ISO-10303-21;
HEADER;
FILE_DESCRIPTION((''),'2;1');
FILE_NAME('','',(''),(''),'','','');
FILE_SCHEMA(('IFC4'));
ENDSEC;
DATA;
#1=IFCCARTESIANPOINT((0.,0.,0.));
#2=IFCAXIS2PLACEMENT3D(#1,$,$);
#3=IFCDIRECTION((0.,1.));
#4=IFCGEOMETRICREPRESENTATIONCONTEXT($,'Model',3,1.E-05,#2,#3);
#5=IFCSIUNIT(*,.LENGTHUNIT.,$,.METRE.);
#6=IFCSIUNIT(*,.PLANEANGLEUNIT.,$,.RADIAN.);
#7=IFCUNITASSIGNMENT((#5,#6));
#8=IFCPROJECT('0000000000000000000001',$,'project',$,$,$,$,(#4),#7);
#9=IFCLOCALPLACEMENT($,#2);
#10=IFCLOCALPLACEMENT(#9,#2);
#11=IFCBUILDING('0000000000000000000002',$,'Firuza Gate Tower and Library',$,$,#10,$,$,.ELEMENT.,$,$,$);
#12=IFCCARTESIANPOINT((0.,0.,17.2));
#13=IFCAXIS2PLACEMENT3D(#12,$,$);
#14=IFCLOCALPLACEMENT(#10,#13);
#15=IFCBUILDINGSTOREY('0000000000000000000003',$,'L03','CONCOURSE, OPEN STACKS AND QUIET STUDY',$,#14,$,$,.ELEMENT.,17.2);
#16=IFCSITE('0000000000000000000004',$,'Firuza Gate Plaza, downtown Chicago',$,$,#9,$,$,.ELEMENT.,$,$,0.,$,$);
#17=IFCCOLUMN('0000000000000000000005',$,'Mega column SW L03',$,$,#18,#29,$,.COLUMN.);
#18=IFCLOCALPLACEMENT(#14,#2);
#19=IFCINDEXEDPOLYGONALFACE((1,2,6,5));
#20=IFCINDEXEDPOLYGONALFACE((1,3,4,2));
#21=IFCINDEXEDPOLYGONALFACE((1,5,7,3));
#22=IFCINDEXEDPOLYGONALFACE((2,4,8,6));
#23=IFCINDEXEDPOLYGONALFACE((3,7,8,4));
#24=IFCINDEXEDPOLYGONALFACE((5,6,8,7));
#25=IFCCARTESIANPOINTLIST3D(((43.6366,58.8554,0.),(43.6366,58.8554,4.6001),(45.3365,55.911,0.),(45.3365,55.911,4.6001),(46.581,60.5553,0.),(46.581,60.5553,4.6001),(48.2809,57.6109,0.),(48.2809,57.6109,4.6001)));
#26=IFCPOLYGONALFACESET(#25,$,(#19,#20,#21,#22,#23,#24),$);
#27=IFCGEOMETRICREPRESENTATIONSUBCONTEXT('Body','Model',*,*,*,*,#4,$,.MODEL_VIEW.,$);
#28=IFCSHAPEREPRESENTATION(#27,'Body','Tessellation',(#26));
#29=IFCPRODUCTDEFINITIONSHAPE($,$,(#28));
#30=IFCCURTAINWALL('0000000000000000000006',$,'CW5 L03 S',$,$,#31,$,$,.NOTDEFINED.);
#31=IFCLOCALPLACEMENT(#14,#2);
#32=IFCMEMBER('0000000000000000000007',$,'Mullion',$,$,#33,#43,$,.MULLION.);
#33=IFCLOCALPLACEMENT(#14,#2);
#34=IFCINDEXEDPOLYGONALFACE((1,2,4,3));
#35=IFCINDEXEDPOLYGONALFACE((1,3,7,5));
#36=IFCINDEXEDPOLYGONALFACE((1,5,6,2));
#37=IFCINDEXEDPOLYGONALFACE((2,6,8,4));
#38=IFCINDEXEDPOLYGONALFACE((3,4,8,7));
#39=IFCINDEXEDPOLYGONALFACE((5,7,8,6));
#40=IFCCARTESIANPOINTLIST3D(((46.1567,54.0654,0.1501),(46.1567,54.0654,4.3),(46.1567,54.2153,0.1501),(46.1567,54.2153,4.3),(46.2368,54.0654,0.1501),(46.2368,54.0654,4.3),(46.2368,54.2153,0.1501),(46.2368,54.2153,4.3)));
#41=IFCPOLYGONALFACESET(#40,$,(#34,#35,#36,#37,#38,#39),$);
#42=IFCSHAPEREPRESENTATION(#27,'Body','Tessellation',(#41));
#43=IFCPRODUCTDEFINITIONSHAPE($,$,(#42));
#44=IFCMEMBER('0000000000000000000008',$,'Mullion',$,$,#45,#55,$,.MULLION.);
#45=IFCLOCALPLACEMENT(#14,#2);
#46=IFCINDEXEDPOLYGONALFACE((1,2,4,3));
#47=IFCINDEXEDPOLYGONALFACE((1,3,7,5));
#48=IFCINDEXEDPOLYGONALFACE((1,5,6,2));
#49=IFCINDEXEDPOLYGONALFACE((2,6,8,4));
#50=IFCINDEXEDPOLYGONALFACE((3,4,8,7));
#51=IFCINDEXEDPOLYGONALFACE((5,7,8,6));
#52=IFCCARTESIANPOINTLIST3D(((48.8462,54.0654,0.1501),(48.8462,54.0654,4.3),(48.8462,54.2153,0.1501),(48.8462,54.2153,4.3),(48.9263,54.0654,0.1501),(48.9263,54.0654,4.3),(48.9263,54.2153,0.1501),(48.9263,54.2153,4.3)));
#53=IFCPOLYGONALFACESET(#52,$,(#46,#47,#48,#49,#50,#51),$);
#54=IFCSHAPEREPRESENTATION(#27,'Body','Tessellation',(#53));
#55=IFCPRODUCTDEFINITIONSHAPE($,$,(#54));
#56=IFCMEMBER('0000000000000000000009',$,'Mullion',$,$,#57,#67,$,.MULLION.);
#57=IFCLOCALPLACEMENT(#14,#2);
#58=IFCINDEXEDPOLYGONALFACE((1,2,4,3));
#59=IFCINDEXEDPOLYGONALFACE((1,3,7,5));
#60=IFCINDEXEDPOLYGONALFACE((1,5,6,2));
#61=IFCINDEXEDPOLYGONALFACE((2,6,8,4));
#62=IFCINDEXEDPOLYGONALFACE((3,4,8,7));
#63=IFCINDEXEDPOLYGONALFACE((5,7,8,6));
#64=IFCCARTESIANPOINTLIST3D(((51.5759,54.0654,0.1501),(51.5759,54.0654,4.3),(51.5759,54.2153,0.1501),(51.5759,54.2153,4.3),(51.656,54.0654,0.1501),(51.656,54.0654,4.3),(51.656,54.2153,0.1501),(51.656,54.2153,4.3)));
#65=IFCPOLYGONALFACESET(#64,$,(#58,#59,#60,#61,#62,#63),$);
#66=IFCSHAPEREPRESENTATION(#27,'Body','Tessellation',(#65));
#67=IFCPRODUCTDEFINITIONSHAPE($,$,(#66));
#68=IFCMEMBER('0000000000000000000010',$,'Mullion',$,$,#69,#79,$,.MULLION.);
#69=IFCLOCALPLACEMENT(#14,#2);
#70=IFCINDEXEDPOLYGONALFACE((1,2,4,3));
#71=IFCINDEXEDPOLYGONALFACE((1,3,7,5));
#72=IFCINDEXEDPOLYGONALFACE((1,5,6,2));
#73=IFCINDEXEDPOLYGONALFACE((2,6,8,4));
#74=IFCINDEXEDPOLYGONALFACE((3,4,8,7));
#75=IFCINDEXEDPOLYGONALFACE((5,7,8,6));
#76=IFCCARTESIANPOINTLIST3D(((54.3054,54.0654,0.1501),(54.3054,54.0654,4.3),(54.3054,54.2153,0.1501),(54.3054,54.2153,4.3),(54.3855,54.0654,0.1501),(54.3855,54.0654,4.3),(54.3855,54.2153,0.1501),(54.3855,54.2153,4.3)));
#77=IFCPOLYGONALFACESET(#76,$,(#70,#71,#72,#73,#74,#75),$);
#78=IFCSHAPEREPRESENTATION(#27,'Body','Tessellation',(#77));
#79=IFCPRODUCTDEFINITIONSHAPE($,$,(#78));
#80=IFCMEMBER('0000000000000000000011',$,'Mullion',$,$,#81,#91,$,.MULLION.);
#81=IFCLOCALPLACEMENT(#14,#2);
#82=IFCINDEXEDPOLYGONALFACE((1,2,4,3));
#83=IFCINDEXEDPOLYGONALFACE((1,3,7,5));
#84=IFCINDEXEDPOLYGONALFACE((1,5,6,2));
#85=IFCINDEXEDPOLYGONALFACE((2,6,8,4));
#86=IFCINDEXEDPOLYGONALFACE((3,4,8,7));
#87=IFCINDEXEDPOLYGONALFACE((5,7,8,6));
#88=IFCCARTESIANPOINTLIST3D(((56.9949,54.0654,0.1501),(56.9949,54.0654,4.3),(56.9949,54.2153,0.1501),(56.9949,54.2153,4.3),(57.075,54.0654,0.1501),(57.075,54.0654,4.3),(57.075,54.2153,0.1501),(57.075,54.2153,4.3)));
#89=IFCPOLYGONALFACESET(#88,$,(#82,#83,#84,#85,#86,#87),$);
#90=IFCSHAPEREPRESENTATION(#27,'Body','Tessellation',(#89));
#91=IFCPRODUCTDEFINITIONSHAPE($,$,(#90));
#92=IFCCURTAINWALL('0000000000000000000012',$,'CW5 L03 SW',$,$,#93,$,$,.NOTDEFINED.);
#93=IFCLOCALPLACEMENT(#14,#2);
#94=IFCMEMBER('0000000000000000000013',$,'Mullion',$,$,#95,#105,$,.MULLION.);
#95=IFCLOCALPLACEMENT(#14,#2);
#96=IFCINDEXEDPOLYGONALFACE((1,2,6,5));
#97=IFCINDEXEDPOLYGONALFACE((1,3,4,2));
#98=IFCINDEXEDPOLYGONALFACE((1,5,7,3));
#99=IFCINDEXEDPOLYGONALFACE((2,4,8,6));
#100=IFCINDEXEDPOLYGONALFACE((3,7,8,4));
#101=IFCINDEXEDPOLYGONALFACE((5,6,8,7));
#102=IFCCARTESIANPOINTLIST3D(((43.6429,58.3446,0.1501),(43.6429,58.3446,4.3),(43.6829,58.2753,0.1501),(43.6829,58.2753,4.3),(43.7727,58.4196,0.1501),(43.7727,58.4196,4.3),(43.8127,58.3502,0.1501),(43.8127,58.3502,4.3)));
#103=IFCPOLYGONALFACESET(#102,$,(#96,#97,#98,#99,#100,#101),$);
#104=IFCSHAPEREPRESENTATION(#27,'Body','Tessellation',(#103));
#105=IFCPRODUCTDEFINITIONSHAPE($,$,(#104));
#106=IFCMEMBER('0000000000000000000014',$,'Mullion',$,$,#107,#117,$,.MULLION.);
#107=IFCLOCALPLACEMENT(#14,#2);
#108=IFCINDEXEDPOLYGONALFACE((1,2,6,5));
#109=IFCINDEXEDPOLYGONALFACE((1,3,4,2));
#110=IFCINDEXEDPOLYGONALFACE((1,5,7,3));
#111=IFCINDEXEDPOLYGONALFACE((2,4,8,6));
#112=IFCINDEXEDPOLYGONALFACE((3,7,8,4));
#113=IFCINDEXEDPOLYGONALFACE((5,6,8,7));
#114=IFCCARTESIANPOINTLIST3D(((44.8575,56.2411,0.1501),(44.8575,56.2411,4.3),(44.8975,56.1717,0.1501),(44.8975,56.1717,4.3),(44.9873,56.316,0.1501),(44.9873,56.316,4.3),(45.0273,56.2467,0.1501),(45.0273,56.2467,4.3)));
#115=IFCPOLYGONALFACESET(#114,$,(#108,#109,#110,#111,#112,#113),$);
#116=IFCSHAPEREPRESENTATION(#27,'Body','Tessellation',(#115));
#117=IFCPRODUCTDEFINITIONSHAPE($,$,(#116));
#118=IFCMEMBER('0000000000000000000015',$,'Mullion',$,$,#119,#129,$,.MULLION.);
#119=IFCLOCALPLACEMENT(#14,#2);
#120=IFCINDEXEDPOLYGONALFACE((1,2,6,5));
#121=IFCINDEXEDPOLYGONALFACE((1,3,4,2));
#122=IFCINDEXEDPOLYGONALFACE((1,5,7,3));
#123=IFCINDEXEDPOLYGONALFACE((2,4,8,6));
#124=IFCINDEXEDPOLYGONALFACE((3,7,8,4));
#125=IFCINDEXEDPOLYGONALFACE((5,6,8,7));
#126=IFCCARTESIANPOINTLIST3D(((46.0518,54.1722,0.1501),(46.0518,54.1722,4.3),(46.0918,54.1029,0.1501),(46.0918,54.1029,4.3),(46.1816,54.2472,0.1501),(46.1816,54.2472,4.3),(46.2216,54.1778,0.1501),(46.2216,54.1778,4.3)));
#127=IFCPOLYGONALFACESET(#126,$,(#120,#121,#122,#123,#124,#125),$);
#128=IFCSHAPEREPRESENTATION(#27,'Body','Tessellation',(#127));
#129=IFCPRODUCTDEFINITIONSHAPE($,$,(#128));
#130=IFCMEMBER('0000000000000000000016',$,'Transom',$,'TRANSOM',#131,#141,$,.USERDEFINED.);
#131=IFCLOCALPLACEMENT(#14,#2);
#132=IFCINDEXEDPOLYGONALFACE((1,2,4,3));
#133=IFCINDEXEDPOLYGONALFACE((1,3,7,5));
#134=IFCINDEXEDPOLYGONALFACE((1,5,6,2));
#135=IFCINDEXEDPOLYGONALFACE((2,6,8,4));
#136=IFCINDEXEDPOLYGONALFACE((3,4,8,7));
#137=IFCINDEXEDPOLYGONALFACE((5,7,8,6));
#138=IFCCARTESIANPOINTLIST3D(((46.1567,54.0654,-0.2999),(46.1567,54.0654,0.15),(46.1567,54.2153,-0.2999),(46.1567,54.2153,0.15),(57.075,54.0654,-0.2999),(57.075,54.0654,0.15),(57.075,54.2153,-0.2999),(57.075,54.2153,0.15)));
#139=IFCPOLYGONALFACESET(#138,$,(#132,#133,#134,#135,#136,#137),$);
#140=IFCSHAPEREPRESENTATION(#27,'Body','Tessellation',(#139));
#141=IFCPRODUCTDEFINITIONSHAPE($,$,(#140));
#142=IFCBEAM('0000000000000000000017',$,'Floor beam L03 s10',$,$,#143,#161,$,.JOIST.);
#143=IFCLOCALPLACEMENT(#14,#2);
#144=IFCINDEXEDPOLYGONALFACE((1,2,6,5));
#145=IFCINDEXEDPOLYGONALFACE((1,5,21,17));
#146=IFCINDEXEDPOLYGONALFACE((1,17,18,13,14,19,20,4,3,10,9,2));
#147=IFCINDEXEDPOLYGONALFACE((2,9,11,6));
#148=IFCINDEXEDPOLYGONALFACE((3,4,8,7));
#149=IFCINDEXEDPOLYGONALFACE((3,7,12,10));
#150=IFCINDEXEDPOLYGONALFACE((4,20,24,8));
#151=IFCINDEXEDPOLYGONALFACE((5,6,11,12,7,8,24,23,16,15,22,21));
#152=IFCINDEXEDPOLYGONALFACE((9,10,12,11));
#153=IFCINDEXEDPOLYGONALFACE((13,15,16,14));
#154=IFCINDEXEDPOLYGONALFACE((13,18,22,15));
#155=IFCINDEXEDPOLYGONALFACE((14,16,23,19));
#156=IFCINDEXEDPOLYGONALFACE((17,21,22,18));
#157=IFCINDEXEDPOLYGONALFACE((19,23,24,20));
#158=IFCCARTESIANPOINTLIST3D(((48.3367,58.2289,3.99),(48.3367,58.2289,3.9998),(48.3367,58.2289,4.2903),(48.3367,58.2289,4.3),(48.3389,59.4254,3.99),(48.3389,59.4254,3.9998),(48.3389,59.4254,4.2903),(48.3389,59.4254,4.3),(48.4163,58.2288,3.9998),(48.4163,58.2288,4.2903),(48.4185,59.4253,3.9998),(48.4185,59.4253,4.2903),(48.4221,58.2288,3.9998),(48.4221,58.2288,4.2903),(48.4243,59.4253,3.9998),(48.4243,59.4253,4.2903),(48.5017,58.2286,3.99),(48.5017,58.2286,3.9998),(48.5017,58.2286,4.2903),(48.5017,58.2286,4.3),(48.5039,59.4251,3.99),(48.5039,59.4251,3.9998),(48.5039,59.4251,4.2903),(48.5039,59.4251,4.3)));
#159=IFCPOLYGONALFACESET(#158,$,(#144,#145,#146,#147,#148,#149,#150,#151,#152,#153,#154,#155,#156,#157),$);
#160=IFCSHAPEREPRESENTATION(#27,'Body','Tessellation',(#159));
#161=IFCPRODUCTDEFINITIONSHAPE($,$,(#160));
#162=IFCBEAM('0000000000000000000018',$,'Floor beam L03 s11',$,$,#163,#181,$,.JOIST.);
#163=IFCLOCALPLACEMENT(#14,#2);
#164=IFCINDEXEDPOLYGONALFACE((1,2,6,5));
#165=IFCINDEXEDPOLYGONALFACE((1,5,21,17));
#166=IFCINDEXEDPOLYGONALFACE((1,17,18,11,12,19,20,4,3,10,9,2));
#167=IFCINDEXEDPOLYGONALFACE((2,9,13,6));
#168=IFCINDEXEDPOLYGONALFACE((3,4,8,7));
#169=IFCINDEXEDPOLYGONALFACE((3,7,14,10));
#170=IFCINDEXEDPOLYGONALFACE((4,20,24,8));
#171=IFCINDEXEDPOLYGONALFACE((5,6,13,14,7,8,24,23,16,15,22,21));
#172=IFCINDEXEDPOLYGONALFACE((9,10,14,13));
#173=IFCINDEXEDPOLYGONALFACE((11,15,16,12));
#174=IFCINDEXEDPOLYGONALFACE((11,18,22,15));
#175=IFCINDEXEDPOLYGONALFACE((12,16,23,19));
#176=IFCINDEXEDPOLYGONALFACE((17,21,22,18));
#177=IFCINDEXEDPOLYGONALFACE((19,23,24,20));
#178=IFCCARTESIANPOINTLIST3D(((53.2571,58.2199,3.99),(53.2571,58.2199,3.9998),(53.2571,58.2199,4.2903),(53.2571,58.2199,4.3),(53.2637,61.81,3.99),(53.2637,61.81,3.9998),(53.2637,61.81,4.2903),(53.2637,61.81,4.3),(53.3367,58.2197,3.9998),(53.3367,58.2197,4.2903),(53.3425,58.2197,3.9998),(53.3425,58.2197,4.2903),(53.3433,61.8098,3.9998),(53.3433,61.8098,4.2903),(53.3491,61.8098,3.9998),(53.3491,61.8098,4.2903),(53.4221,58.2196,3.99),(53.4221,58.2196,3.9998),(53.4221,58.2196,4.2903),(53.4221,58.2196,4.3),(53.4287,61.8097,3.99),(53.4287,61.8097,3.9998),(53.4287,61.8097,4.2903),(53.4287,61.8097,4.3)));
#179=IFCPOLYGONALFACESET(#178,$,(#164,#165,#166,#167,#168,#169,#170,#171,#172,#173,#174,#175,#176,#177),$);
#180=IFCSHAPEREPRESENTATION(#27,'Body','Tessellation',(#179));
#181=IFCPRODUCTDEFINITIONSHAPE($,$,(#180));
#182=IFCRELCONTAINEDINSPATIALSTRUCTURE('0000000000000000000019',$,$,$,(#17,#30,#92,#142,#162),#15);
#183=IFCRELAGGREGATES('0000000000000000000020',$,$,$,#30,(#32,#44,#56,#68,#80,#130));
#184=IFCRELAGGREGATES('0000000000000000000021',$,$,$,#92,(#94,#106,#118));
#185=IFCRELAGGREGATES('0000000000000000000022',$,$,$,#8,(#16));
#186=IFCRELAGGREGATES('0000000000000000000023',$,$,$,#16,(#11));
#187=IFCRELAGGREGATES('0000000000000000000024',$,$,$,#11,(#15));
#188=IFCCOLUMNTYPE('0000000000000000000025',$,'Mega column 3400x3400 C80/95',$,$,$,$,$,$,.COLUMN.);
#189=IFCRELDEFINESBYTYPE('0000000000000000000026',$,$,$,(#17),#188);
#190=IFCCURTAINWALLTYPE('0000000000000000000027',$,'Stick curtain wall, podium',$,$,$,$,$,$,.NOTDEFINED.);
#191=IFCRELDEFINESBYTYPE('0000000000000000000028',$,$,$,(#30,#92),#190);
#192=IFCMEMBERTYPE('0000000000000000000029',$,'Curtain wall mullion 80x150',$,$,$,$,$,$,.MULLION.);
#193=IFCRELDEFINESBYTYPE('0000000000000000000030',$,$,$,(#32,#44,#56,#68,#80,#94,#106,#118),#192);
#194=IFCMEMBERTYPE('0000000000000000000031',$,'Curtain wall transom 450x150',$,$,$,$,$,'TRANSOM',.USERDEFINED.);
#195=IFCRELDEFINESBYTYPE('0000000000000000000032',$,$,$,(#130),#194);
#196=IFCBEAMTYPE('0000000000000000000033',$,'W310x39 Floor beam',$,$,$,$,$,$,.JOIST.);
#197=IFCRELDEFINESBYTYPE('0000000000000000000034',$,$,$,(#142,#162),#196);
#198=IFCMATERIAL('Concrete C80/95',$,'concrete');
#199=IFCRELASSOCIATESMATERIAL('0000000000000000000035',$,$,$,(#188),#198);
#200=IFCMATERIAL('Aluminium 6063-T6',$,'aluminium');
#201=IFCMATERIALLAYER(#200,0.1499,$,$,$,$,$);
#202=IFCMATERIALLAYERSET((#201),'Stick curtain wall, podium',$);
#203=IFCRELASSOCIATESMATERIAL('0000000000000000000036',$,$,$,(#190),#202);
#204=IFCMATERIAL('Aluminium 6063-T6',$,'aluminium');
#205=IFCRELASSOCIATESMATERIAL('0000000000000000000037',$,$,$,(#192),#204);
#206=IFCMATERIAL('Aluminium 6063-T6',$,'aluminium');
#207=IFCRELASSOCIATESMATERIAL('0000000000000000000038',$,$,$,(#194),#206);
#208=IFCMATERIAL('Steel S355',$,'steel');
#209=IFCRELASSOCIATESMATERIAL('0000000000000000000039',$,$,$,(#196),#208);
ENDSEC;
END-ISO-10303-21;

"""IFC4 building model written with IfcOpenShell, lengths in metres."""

from ifc_helpers import new_model, si_unit, direction, frame, origin, origin_2d, place, context, subcontext, project, spatial, rectangle, i_section, extrude, material, layer, layer_set, material_profile, profile_set, type_object, element, aggregate, save


model = new_model("IFC4")

# Units and contexts
model_context = context("Model", 3, precision=1e-05, world=origin(), true_north=direction((0.0, 1.0)))
body_context = subcontext(model_context, "Body", "Model", "MODEL_VIEW")
ifc_project = project(units=[si_unit("LENGTHUNIT", "METRE"), si_unit("PLANEANGLEUNIT", "RADIAN")], contexts=[model_context])

# Site, building, storey
site_placement = place(None, origin())
site = spatial("IfcSite", under=ifc_project, at=site_placement, Name="Firuza Gate Plaza, downtown Chicago", CompositionType="ELEMENT", RefElevation=0.0)
building_placement = place(site_placement, origin())
building = spatial("IfcBuilding", under=site, at=building_placement, Name="Firuza Gate Tower and Library", CompositionType="ELEMENT")
storey_placement = place(building_placement, frame((0.0, 0.0, 17.2)))
storey = spatial("IfcBuildingStorey", under=building, at=storey_placement, Name="L03", Description="CONCOURSE, OPEN STACKS AND QUIET STUDY", CompositionType="ELEMENT", Elevation=17.2)

# Column
ifc_material_1 = material(Name="Concrete C80/95", Category="concrete")
ifc_material_profile_1 = material_profile(ifc_material_1, rectangle(XDim=3.3999, YDim=3.3999, at=origin_2d()))
ifc_profile_set_1 = profile_set([ifc_material_profile_1], Name="Concrete C80/95")
column_type = type_object("IfcColumnType", Name="Mega column 3400x3400 C80/95", PredefinedType="COLUMN", material=ifc_profile_set_1)
column_placement = place(storey_placement, frame((45.9587, 58.2332, 0.0), z_axis=(0.0, 0.0, 1.0), x_axis=(0.5, -0.866025, 0.0)))
element("IfcColumn", 1, at=column_placement, inside=storey, type_object=column_type, Name="Mega column SW L03", PredefinedType="COLUMN", context=body_context, shape_type="SweptSolid", body=[
    extrude(rectangle(XDim=3.3999, YDim=3.3999, at=origin_2d()), origin(), (0.0, 0.0, 1.0), 4.6001),
])

# Curtain walls, members
ifc_material_2 = material(Name="Aluminium 6063-T6", Category="aluminium")
ifc_layer_1 = layer(ifc_material_2, 0.1499)
ifc_layer_set_1 = layer_set([ifc_layer_1], Name="Stick curtain wall, podium")
curtain_wall_type = type_object("IfcCurtainWallType", Name="Stick curtain wall, podium", PredefinedType="NOTDEFINED", material=ifc_layer_set_1)
placement_1 = place(storey_placement, origin())
curtain_wall_1 = element("IfcCurtainWall", 2, at=placement_1, inside=storey, type_object=curtain_wall_type, Name="CW5 L03 S", PredefinedType="NOTDEFINED")
ifc_material_3 = material(Name="Aluminium 6063-T6", Category="aluminium")
ifc_material_profile_2 = material_profile(ifc_material_3, rectangle(XDim=0.1499, YDim=0.0801, at=origin_2d()))
ifc_profile_set_2 = profile_set([ifc_material_profile_2], Name="Aluminium 6063-T6")
member_type_1 = type_object("IfcMemberType", Name="Curtain wall mullion 80x150", PredefinedType="MULLION", material=ifc_profile_set_2)
member_1_placement = place(storey_placement, frame((46.1968, 54.1404, 0.1501), z_axis=(0.0, 0.0, 1.0), x_axis=(0.0, 1.0, 0.0)))
member_1 = element("IfcMember", 3, at=member_1_placement, type_object=member_type_1, Name="Mullion", PredefinedType="MULLION", context=body_context, shape_type="SweptSolid", body=[
    extrude(rectangle(XDim=0.1499, YDim=0.0801, at=origin_2d()), origin(), (0.0, 0.0, 1.0), 4.1499),
])
member_2_placement = place(storey_placement, frame((48.8862, 54.1404, 0.1501), z_axis=(0.0, 0.0, 1.0), x_axis=(0.0, 1.0, 0.0)))
member_2 = element("IfcMember", 4, at=member_2_placement, type_object=member_type_1, Name="Mullion", PredefinedType="MULLION", context=body_context, shape_type="SweptSolid", body=[
    extrude(rectangle(XDim=0.1499, YDim=0.0801, at=origin_2d()), origin(), (0.0, 0.0, 1.0), 4.1499),
])
member_3_placement = place(storey_placement, frame((51.616, 54.1404, 0.1501), z_axis=(0.0, 0.0, 1.0), x_axis=(0.0, 1.0, 0.0)))
member_3 = element("IfcMember", 5, at=member_3_placement, type_object=member_type_1, Name="Mullion", PredefinedType="MULLION", context=body_context, shape_type="SweptSolid", body=[
    extrude(rectangle(XDim=0.1499, YDim=0.0801, at=origin_2d()), origin(), (0.0, 0.0, 1.0), 4.1499),
])
member_4_placement = place(storey_placement, frame((54.3455, 54.1404, 0.1501), z_axis=(0.0, 0.0, 1.0), x_axis=(0.0, 1.0, 0.0)))
member_4 = element("IfcMember", 6, at=member_4_placement, type_object=member_type_1, Name="Mullion", PredefinedType="MULLION", context=body_context, shape_type="SweptSolid", body=[
    extrude(rectangle(XDim=0.1499, YDim=0.0801, at=origin_2d()), origin(), (0.0, 0.0, 1.0), 4.1499),
])
member_5_placement = place(storey_placement, frame((57.0349, 54.1404, 0.1501), z_axis=(0.0, 0.0, 1.0), x_axis=(0.0, 1.0, 0.0)))
member_5 = element("IfcMember", 7, at=member_5_placement, type_object=member_type_1, Name="Mullion", PredefinedType="MULLION", context=body_context, shape_type="SweptSolid", body=[
    extrude(rectangle(XDim=0.1499, YDim=0.0801, at=origin_2d()), origin(), (0.0, 0.0, 1.0), 4.1499),
])
curtain_wall_2 = element("IfcCurtainWall", 8, at=placement_1, inside=storey, type_object=curtain_wall_type, Name="CW5 L03 SW", PredefinedType="NOTDEFINED")
member_6_placement = place(storey_placement, frame((43.7278, 58.3474, 0.1501), z_axis=(0.0, 0.0, 1.0), x_axis=(0.866025, 0.5, 0.0)))
member_6 = element("IfcMember", 9, at=member_6_placement, type_object=member_type_1, Name="Mullion", PredefinedType="MULLION", context=body_context, shape_type="SweptSolid", body=[
    extrude(rectangle(XDim=0.1499, YDim=0.0801, at=origin_2d()), origin(), (0.0, 0.0, 1.0), 4.1499),
])
member_7_placement = place(storey_placement, frame((44.9424, 56.2439, 0.1501), z_axis=(0.0, 0.0, 1.0), x_axis=(0.866025, 0.5, 0.0)))
member_7 = element("IfcMember", 10, at=member_7_placement, type_object=member_type_1, Name="Mullion", PredefinedType="MULLION", context=body_context, shape_type="SweptSolid", body=[
    extrude(rectangle(XDim=0.1499, YDim=0.0801, at=origin_2d()), origin(), (0.0, 0.0, 1.0), 4.1499),
])
member_8_placement = place(storey_placement, frame((46.1367, 54.175, 0.1501), z_axis=(0.0, 0.0, 1.0), x_axis=(0.866025, 0.5, 0.0)))
member_8 = element("IfcMember", 11, at=member_8_placement, type_object=member_type_1, Name="Mullion", PredefinedType="MULLION", context=body_context, shape_type="SweptSolid", body=[
    extrude(rectangle(XDim=0.1499, YDim=0.0801, at=origin_2d()), origin(), (0.0, 0.0, 1.0), 4.1499),
])

# Member
ifc_material_4 = material(Name="Aluminium 6063-T6", Category="aluminium")
ifc_material_profile_3 = material_profile(ifc_material_4, rectangle(XDim=0.1499, YDim=0.45, at=origin_2d()))
ifc_profile_set_3 = profile_set([ifc_material_profile_3], Name="Aluminium 6063-T6")
member_type_2 = type_object("IfcMemberType", Name="Curtain wall transom 450x150", ElementType="TRANSOM", PredefinedType="USERDEFINED", material=ifc_profile_set_3)
member_9_placement = place(storey_placement, frame((46.1567, 54.1404, -0.075), z_axis=(1.0, 0.0, 0.0), x_axis=(0.0, 1.0, 0.0)))
member_9 = element("IfcMember", 12, at=member_9_placement, type_object=member_type_2, Name="Transom", ObjectType="TRANSOM", PredefinedType="USERDEFINED", context=body_context, shape_type="SweptSolid", body=[
    extrude(rectangle(XDim=0.1499, YDim=0.45, at=origin_2d()), origin(), (0.0, 0.0, 1.0), 10.9182),
])

# Beams
ifc_material_5 = material(Name="Steel S355", Category="steel")
ifc_material_profile_4 = material_profile(ifc_material_5, i_section(OverallWidth=0.165, OverallDepth=0.3101, WebThickness=0.0059, FlangeThickness=0.0098, at=origin_2d()))
ifc_profile_set_4 = profile_set([ifc_material_profile_4], Name="Steel S355")
beam_type_1 = type_object("IfcBeamType", Name="W310x39 Floor beam", PredefinedType="JOIST", material=ifc_profile_set_4)
beam_1_placement = place(storey_placement, frame((48.4192, 58.2288, 4.145), z_axis=(0.001836, 0.999998, 0.0), x_axis=(-0.999998, 0.001836, 0.0)))
element("IfcBeam", 13, at=beam_1_placement, inside=storey, type_object=beam_type_1, Name="Floor beam L03 s10", PredefinedType="JOIST", context=body_context, shape_type="SweptSolid", body=[
    extrude(i_section(OverallWidth=0.165, OverallDepth=0.3101, WebThickness=0.0059, FlangeThickness=0.0098, at=origin_2d()), origin(), (0.0, 0.0, 1.0), 1.1965),
])
beam_2_placement = place(storey_placement, frame((53.3396, 58.2197, 4.145), z_axis=(0.001836, 0.999998, 0.0), x_axis=(-0.999998, 0.001836, 0.0)))
element("IfcBeam", 14, at=beam_2_placement, inside=storey, type_object=beam_type_1, Name="Floor beam L03 s11", PredefinedType="JOIST", context=body_context, shape_type="SweptSolid", body=[
    extrude(i_section(OverallWidth=0.165, OverallDepth=0.3101, WebThickness=0.0059, FlangeThickness=0.0098, at=origin_2d()), origin(), (0.0, 0.0, 1.0), 3.5901),
])

aggregate(curtain_wall_1, [member_1, member_2, member_3, member_4, member_5, member_9])
aggregate(curtain_wall_2, [member_6, member_7, member_8])

save(model, "model.ifc")
